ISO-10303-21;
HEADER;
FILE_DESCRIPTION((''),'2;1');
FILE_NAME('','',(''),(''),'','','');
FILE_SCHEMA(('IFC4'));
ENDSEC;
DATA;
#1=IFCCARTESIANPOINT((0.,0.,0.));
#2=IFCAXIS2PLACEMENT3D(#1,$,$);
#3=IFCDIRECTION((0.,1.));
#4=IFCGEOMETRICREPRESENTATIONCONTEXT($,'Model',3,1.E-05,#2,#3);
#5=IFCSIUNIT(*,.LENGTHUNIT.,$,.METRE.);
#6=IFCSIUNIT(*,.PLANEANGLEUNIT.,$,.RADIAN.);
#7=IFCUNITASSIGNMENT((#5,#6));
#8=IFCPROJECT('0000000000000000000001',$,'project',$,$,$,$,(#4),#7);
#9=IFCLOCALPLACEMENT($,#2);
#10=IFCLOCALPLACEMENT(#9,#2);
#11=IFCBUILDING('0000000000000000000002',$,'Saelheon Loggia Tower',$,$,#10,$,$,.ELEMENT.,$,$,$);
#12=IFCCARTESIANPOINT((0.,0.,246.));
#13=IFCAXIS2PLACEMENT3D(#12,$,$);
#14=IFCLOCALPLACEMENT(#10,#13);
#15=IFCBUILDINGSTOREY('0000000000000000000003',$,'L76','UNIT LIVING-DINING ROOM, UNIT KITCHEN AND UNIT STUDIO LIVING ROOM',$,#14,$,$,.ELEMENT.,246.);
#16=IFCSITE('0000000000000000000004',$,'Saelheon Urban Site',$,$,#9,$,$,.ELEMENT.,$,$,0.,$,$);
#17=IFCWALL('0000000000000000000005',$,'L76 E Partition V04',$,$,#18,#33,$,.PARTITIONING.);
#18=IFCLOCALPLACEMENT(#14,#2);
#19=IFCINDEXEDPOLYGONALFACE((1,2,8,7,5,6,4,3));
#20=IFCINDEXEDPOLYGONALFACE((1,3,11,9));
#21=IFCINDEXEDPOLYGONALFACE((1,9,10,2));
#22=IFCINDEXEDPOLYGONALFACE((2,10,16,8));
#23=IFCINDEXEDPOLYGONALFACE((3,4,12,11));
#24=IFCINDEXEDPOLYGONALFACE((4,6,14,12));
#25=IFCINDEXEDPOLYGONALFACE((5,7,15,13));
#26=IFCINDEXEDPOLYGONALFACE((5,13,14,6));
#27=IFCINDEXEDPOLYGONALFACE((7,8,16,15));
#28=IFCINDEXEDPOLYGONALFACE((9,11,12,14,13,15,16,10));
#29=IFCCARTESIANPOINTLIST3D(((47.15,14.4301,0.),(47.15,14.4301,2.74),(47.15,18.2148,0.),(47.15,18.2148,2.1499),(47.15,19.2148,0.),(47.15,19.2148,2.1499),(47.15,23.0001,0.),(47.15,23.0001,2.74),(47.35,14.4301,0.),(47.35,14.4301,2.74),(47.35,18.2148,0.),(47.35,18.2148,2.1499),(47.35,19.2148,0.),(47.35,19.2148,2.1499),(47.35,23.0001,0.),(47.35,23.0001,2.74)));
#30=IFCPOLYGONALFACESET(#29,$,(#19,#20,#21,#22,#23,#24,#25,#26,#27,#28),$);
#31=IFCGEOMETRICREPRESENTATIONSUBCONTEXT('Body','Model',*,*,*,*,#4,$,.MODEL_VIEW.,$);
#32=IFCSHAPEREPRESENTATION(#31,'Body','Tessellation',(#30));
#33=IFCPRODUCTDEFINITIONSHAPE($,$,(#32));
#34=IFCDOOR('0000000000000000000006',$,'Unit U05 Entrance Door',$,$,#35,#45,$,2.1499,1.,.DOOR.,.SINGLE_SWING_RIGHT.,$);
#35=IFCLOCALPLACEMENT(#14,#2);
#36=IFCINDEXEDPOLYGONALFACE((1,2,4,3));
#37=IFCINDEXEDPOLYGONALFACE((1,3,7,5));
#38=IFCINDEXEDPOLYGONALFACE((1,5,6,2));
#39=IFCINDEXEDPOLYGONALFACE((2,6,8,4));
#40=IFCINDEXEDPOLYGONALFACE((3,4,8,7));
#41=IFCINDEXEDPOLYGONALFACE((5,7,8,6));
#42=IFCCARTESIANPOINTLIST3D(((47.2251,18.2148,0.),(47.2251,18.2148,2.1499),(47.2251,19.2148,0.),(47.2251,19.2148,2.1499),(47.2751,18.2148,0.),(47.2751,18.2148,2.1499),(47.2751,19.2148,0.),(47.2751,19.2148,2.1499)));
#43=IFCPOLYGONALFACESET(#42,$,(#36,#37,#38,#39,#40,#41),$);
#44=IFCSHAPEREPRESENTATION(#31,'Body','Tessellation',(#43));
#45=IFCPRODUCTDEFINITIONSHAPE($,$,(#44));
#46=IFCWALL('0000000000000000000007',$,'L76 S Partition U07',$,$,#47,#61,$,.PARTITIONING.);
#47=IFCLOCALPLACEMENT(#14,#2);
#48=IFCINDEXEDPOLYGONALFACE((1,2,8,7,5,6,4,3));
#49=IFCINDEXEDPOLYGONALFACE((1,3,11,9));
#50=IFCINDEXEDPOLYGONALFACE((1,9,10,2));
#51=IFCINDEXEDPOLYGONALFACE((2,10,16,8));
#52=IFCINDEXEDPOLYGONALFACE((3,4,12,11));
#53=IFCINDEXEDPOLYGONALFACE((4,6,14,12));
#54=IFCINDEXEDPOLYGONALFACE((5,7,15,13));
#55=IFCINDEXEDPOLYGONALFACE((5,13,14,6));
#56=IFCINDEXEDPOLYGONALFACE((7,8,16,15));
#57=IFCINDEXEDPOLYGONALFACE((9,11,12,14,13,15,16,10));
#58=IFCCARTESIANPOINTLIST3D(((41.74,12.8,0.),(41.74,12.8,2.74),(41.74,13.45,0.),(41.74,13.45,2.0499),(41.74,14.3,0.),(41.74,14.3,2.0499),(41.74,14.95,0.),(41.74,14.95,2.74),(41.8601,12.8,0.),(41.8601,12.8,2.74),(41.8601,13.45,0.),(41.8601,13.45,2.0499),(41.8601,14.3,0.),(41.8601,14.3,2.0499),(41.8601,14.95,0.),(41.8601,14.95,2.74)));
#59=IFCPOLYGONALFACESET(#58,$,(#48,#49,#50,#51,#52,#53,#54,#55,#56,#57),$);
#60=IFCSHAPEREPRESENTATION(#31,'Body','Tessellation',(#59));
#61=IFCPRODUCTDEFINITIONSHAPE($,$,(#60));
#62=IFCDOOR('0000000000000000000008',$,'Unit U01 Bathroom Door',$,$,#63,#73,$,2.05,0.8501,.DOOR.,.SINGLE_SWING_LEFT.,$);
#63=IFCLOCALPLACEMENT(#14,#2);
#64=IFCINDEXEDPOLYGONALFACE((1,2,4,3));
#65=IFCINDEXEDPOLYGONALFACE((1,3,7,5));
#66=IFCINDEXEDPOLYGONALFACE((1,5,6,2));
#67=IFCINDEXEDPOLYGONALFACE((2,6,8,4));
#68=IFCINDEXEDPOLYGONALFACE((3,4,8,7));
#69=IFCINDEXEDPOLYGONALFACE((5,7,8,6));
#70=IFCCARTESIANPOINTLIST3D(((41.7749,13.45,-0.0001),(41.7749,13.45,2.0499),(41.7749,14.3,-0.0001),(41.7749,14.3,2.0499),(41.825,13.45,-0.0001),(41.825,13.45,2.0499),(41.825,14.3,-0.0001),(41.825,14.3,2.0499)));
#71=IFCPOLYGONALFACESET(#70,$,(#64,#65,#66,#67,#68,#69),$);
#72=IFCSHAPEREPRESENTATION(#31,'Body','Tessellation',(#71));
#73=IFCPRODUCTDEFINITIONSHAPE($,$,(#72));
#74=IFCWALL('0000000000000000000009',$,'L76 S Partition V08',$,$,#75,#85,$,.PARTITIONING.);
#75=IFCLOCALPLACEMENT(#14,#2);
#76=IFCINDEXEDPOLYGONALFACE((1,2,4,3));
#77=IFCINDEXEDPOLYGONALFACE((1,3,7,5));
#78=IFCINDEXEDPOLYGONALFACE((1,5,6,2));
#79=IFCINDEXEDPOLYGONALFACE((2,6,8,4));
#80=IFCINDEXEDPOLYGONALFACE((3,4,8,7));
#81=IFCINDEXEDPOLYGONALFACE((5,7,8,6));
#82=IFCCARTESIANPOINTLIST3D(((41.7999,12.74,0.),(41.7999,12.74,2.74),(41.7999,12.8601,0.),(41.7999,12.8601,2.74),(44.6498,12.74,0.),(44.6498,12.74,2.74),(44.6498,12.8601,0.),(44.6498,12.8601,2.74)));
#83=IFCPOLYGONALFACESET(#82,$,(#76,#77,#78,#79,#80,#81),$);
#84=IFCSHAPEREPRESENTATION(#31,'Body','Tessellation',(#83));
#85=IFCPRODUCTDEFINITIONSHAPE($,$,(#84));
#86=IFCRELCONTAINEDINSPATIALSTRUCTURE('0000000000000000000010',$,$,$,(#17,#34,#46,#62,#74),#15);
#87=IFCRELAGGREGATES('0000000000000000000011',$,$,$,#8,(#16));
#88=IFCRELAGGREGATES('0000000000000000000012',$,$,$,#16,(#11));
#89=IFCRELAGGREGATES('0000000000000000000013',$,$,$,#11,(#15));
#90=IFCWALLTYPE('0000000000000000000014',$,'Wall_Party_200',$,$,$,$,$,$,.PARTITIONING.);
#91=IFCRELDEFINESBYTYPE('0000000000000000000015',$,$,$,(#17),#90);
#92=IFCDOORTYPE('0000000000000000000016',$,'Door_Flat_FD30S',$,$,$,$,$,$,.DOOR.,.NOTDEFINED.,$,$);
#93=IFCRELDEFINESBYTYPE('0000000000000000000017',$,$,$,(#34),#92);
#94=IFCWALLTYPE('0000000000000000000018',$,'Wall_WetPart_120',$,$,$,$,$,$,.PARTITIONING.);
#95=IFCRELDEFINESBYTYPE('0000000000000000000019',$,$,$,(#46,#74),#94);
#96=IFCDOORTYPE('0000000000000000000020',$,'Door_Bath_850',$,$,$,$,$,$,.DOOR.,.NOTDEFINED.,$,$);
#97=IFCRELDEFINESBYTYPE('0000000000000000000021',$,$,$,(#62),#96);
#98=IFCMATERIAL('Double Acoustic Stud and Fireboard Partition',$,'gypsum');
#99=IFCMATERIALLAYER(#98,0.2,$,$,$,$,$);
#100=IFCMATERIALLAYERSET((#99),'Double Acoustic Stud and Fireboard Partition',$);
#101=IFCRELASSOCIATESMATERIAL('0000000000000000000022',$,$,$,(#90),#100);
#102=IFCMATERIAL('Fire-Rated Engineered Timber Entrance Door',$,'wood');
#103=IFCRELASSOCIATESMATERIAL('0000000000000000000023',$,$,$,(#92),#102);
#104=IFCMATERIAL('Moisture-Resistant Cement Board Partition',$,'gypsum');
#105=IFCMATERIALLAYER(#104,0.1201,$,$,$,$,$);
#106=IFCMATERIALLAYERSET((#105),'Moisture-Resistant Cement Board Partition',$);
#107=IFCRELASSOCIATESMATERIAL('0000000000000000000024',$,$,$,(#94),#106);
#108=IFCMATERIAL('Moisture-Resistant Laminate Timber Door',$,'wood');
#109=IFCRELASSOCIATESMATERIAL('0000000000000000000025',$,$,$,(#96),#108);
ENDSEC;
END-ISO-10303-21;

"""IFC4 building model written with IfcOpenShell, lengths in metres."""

from ifc_helpers import new_model, si_unit, direction, frame, frame_2d, origin, place, context, subcontext, project, spatial, rectangle, extrude, source, transform, mapped, material, layer, layer_set, type_object, element, fill, save


model = new_model("IFC4")

# Units and contexts
model_context = context("Model", 3, precision=1e-05, world=origin(), true_north=direction((0.0, 1.0)))
body_context = subcontext(model_context, "Body", "Model", "MODEL_VIEW")
ifc_project = project(units=[si_unit("LENGTHUNIT", "METRE"), si_unit("PLANEANGLEUNIT", "RADIAN")], contexts=[model_context])

# Site, building, storey
site_placement = place(None, origin())
site = spatial("IfcSite", under=ifc_project, at=site_placement, Name="Saelheon Urban Site", CompositionType="ELEMENT", RefElevation=0.0)
building_placement = place(site_placement, origin())
building = spatial("IfcBuilding", under=site, at=building_placement, Name="Saelheon Loggia Tower", CompositionType="ELEMENT")
storey_placement = place(building_placement, frame((0.0, 0.0, 246.0)))
storey = spatial("IfcBuildingStorey", under=building, at=storey_placement, Name="L76", Description="UNIT LIVING-DINING ROOM, UNIT KITCHEN AND UNIT STUDIO LIVING ROOM", CompositionType="ELEMENT", Elevation=246.0)

# Shared definitions
ifc_material_1 = material(Name="Double Acoustic Stud and Fireboard Partition", Category="gypsum")
ifc_layer_1 = layer(ifc_material_1, 0.2)
ifc_layer_set_1 = layer_set([ifc_layer_1], Name="Double Acoustic Stud and Fireboard Partition")
wall_type_1 = type_object("IfcWallType", Name="Wall_Party_200", PredefinedType="PARTITIONING", material=ifc_layer_set_1)

# Shared definitions
ifc_material_2 = material(Name="Fire-Rated Engineered Timber Entrance Door", Category="wood")
door_type_1 = type_object("IfcDoorType", Name="Door_Flat_FD30S", OperationType="NOTDEFINED", PredefinedType="DOOR", material=ifc_material_2)
shared_shape_1 = source(origin(), body_context, "Body", "SweptSolid", [
    extrude(rectangle(XDim=1.0, YDim=2.1499, at=frame_2d((0.5, 1.075))), frame((0.0, 0.0249, 0.0), z_axis=(0.0, -1.0, 0.0), x_axis=(1.0, 0.0, 0.0)), (0.0, 0.0, 1.0), 0.05),
])

# Walls, openings, doors
wall_1_placement = place(storey_placement, frame((47.25, 14.4299, 0.0), z_axis=(0.0, 0.0, 1.0), x_axis=(0.0, 1.0, 0.0)))
wall_1 = element("IfcWall", 1, at=wall_1_placement, inside=storey, type_object=wall_type_1, Name="L76 E Partition V04", PredefinedType="PARTITIONING", context=body_context, shape_type="SweptSolid", body=[
    extrude(rectangle(XDim=8.5701, YDim=0.2, at=frame_2d((4.2852, 0.0))), origin(), (0.0, 0.0, 1.0), 2.74),
])
opening_1_placement = place(wall_1_placement, frame((3.7849, 0.0, 0.0)))
opening_1 = element("IfcOpeningElement", 2, at=opening_1_placement, cuts=wall_1, PredefinedType="OPENING", context=body_context, shape_type="SweptSolid", body=[
    extrude(rectangle(XDim=1.0, YDim=2.1499, at=frame_2d((0.5, 1.075))), frame((0.0, 0.1121, 0.0), z_axis=(0.0, -1.0, 0.0), x_axis=(1.0, 0.0, 0.0)), (0.0, 0.0, 1.0), 0.2239),
])
door_1_placement = place(opening_1_placement, origin())
door_1 = element("IfcDoor", 3, at=door_1_placement, inside=storey, type_object=door_type_1, Name="Unit U05 Entrance Door", OperationType="SINGLE_SWING_RIGHT", OverallHeight=2.1499, OverallWidth=1.0, PredefinedType="DOOR", context=body_context, shape_type="MappedRepresentation", body=[
    mapped(shared_shape_1, transform((0.0, 0.0, 0.0), scale=1.0)),
])
fill(opening_1, door_1)
ifc_material_3 = material(Name="Moisture-Resistant Cement Board Partition", Category="gypsum")
ifc_layer_2 = layer(ifc_material_3, 0.1201)
ifc_layer_set_2 = layer_set([ifc_layer_2], Name="Moisture-Resistant Cement Board Partition")
wall_type_2 = type_object("IfcWallType", Name="Wall_WetPart_120", PredefinedType="PARTITIONING", material=ifc_layer_set_2)
wall_2_placement = place(storey_placement, frame((41.8, 14.95, 0.0), z_axis=(0.0, 0.0, 1.0), x_axis=(0.0, -1.0, 0.0)))
wall_2 = element("IfcWall", 4, at=wall_2_placement, inside=storey, type_object=wall_type_2, Name="L76 S Partition U07", PredefinedType="PARTITIONING", context=body_context, shape_type="SweptSolid", body=[
    extrude(rectangle(XDim=2.1499, YDim=0.1201, at=frame_2d((1.075, 0.0))), origin(), (0.0, 0.0, 1.0), 2.74),
])
opening_2_placement = place(wall_2_placement, frame((0.6499, 0.0, 0.0)))
opening_2 = element("IfcOpeningElement", 5, at=opening_2_placement, cuts=wall_2, PredefinedType="OPENING", context=body_context, shape_type="SweptSolid", body=[
    extrude(rectangle(XDim=0.8501, YDim=2.05, at=frame_2d((0.425, 1.0249))), frame((0.0, 0.072, 0.0), z_axis=(0.0, -1.0, 0.0), x_axis=(1.0, 0.0, 0.0)), (0.0, 0.0, 1.0), 0.144),
])
ifc_material_4 = material(Name="Moisture-Resistant Laminate Timber Door", Category="wood")
door_type_2 = type_object("IfcDoorType", Name="Door_Bath_850", OperationType="NOTDEFINED", PredefinedType="DOOR", material=ifc_material_4)
shared_shape_2 = source(origin(), body_context, "Body", "SweptSolid", [
    extrude(rectangle(XDim=0.8501, YDim=2.05, at=frame_2d((0.425, 1.0249))), frame((0.0, 0.0249, 0.0), z_axis=(0.0, -1.0, 0.0), x_axis=(1.0, 0.0, 0.0)), (0.0, 0.0, 1.0), 0.05),
])
door_2_placement = place(opening_2_placement, origin())
door_2 = element("IfcDoor", 6, at=door_2_placement, inside=storey, type_object=door_type_2, Name="Unit U01 Bathroom Door", OperationType="SINGLE_SWING_LEFT", OverallHeight=2.05, OverallWidth=0.8501, PredefinedType="DOOR", context=body_context, shape_type="MappedRepresentation", body=[
    mapped(shared_shape_2, transform((0.0, 0.0, 0.0), scale=1.0)),
])
fill(opening_2, door_2)

# Wall
wall_3_placement = place(storey_placement, frame((41.8, 12.8, 0.0), z_axis=(0.0, 0.0, 1.0), x_axis=(1.0, 0.0, 0.0)))
element("IfcWall", 7, at=wall_3_placement, inside=storey, type_object=wall_type_2, Name="L76 S Partition V08", PredefinedType="PARTITIONING", context=body_context, shape_type="SweptSolid", body=[
    extrude(rectangle(XDim=2.8499, YDim=0.1201, at=frame_2d((1.4248, 0.0))), origin(), (0.0, 0.0, 1.0), 2.74),
])

save(model, "model.ifc")
